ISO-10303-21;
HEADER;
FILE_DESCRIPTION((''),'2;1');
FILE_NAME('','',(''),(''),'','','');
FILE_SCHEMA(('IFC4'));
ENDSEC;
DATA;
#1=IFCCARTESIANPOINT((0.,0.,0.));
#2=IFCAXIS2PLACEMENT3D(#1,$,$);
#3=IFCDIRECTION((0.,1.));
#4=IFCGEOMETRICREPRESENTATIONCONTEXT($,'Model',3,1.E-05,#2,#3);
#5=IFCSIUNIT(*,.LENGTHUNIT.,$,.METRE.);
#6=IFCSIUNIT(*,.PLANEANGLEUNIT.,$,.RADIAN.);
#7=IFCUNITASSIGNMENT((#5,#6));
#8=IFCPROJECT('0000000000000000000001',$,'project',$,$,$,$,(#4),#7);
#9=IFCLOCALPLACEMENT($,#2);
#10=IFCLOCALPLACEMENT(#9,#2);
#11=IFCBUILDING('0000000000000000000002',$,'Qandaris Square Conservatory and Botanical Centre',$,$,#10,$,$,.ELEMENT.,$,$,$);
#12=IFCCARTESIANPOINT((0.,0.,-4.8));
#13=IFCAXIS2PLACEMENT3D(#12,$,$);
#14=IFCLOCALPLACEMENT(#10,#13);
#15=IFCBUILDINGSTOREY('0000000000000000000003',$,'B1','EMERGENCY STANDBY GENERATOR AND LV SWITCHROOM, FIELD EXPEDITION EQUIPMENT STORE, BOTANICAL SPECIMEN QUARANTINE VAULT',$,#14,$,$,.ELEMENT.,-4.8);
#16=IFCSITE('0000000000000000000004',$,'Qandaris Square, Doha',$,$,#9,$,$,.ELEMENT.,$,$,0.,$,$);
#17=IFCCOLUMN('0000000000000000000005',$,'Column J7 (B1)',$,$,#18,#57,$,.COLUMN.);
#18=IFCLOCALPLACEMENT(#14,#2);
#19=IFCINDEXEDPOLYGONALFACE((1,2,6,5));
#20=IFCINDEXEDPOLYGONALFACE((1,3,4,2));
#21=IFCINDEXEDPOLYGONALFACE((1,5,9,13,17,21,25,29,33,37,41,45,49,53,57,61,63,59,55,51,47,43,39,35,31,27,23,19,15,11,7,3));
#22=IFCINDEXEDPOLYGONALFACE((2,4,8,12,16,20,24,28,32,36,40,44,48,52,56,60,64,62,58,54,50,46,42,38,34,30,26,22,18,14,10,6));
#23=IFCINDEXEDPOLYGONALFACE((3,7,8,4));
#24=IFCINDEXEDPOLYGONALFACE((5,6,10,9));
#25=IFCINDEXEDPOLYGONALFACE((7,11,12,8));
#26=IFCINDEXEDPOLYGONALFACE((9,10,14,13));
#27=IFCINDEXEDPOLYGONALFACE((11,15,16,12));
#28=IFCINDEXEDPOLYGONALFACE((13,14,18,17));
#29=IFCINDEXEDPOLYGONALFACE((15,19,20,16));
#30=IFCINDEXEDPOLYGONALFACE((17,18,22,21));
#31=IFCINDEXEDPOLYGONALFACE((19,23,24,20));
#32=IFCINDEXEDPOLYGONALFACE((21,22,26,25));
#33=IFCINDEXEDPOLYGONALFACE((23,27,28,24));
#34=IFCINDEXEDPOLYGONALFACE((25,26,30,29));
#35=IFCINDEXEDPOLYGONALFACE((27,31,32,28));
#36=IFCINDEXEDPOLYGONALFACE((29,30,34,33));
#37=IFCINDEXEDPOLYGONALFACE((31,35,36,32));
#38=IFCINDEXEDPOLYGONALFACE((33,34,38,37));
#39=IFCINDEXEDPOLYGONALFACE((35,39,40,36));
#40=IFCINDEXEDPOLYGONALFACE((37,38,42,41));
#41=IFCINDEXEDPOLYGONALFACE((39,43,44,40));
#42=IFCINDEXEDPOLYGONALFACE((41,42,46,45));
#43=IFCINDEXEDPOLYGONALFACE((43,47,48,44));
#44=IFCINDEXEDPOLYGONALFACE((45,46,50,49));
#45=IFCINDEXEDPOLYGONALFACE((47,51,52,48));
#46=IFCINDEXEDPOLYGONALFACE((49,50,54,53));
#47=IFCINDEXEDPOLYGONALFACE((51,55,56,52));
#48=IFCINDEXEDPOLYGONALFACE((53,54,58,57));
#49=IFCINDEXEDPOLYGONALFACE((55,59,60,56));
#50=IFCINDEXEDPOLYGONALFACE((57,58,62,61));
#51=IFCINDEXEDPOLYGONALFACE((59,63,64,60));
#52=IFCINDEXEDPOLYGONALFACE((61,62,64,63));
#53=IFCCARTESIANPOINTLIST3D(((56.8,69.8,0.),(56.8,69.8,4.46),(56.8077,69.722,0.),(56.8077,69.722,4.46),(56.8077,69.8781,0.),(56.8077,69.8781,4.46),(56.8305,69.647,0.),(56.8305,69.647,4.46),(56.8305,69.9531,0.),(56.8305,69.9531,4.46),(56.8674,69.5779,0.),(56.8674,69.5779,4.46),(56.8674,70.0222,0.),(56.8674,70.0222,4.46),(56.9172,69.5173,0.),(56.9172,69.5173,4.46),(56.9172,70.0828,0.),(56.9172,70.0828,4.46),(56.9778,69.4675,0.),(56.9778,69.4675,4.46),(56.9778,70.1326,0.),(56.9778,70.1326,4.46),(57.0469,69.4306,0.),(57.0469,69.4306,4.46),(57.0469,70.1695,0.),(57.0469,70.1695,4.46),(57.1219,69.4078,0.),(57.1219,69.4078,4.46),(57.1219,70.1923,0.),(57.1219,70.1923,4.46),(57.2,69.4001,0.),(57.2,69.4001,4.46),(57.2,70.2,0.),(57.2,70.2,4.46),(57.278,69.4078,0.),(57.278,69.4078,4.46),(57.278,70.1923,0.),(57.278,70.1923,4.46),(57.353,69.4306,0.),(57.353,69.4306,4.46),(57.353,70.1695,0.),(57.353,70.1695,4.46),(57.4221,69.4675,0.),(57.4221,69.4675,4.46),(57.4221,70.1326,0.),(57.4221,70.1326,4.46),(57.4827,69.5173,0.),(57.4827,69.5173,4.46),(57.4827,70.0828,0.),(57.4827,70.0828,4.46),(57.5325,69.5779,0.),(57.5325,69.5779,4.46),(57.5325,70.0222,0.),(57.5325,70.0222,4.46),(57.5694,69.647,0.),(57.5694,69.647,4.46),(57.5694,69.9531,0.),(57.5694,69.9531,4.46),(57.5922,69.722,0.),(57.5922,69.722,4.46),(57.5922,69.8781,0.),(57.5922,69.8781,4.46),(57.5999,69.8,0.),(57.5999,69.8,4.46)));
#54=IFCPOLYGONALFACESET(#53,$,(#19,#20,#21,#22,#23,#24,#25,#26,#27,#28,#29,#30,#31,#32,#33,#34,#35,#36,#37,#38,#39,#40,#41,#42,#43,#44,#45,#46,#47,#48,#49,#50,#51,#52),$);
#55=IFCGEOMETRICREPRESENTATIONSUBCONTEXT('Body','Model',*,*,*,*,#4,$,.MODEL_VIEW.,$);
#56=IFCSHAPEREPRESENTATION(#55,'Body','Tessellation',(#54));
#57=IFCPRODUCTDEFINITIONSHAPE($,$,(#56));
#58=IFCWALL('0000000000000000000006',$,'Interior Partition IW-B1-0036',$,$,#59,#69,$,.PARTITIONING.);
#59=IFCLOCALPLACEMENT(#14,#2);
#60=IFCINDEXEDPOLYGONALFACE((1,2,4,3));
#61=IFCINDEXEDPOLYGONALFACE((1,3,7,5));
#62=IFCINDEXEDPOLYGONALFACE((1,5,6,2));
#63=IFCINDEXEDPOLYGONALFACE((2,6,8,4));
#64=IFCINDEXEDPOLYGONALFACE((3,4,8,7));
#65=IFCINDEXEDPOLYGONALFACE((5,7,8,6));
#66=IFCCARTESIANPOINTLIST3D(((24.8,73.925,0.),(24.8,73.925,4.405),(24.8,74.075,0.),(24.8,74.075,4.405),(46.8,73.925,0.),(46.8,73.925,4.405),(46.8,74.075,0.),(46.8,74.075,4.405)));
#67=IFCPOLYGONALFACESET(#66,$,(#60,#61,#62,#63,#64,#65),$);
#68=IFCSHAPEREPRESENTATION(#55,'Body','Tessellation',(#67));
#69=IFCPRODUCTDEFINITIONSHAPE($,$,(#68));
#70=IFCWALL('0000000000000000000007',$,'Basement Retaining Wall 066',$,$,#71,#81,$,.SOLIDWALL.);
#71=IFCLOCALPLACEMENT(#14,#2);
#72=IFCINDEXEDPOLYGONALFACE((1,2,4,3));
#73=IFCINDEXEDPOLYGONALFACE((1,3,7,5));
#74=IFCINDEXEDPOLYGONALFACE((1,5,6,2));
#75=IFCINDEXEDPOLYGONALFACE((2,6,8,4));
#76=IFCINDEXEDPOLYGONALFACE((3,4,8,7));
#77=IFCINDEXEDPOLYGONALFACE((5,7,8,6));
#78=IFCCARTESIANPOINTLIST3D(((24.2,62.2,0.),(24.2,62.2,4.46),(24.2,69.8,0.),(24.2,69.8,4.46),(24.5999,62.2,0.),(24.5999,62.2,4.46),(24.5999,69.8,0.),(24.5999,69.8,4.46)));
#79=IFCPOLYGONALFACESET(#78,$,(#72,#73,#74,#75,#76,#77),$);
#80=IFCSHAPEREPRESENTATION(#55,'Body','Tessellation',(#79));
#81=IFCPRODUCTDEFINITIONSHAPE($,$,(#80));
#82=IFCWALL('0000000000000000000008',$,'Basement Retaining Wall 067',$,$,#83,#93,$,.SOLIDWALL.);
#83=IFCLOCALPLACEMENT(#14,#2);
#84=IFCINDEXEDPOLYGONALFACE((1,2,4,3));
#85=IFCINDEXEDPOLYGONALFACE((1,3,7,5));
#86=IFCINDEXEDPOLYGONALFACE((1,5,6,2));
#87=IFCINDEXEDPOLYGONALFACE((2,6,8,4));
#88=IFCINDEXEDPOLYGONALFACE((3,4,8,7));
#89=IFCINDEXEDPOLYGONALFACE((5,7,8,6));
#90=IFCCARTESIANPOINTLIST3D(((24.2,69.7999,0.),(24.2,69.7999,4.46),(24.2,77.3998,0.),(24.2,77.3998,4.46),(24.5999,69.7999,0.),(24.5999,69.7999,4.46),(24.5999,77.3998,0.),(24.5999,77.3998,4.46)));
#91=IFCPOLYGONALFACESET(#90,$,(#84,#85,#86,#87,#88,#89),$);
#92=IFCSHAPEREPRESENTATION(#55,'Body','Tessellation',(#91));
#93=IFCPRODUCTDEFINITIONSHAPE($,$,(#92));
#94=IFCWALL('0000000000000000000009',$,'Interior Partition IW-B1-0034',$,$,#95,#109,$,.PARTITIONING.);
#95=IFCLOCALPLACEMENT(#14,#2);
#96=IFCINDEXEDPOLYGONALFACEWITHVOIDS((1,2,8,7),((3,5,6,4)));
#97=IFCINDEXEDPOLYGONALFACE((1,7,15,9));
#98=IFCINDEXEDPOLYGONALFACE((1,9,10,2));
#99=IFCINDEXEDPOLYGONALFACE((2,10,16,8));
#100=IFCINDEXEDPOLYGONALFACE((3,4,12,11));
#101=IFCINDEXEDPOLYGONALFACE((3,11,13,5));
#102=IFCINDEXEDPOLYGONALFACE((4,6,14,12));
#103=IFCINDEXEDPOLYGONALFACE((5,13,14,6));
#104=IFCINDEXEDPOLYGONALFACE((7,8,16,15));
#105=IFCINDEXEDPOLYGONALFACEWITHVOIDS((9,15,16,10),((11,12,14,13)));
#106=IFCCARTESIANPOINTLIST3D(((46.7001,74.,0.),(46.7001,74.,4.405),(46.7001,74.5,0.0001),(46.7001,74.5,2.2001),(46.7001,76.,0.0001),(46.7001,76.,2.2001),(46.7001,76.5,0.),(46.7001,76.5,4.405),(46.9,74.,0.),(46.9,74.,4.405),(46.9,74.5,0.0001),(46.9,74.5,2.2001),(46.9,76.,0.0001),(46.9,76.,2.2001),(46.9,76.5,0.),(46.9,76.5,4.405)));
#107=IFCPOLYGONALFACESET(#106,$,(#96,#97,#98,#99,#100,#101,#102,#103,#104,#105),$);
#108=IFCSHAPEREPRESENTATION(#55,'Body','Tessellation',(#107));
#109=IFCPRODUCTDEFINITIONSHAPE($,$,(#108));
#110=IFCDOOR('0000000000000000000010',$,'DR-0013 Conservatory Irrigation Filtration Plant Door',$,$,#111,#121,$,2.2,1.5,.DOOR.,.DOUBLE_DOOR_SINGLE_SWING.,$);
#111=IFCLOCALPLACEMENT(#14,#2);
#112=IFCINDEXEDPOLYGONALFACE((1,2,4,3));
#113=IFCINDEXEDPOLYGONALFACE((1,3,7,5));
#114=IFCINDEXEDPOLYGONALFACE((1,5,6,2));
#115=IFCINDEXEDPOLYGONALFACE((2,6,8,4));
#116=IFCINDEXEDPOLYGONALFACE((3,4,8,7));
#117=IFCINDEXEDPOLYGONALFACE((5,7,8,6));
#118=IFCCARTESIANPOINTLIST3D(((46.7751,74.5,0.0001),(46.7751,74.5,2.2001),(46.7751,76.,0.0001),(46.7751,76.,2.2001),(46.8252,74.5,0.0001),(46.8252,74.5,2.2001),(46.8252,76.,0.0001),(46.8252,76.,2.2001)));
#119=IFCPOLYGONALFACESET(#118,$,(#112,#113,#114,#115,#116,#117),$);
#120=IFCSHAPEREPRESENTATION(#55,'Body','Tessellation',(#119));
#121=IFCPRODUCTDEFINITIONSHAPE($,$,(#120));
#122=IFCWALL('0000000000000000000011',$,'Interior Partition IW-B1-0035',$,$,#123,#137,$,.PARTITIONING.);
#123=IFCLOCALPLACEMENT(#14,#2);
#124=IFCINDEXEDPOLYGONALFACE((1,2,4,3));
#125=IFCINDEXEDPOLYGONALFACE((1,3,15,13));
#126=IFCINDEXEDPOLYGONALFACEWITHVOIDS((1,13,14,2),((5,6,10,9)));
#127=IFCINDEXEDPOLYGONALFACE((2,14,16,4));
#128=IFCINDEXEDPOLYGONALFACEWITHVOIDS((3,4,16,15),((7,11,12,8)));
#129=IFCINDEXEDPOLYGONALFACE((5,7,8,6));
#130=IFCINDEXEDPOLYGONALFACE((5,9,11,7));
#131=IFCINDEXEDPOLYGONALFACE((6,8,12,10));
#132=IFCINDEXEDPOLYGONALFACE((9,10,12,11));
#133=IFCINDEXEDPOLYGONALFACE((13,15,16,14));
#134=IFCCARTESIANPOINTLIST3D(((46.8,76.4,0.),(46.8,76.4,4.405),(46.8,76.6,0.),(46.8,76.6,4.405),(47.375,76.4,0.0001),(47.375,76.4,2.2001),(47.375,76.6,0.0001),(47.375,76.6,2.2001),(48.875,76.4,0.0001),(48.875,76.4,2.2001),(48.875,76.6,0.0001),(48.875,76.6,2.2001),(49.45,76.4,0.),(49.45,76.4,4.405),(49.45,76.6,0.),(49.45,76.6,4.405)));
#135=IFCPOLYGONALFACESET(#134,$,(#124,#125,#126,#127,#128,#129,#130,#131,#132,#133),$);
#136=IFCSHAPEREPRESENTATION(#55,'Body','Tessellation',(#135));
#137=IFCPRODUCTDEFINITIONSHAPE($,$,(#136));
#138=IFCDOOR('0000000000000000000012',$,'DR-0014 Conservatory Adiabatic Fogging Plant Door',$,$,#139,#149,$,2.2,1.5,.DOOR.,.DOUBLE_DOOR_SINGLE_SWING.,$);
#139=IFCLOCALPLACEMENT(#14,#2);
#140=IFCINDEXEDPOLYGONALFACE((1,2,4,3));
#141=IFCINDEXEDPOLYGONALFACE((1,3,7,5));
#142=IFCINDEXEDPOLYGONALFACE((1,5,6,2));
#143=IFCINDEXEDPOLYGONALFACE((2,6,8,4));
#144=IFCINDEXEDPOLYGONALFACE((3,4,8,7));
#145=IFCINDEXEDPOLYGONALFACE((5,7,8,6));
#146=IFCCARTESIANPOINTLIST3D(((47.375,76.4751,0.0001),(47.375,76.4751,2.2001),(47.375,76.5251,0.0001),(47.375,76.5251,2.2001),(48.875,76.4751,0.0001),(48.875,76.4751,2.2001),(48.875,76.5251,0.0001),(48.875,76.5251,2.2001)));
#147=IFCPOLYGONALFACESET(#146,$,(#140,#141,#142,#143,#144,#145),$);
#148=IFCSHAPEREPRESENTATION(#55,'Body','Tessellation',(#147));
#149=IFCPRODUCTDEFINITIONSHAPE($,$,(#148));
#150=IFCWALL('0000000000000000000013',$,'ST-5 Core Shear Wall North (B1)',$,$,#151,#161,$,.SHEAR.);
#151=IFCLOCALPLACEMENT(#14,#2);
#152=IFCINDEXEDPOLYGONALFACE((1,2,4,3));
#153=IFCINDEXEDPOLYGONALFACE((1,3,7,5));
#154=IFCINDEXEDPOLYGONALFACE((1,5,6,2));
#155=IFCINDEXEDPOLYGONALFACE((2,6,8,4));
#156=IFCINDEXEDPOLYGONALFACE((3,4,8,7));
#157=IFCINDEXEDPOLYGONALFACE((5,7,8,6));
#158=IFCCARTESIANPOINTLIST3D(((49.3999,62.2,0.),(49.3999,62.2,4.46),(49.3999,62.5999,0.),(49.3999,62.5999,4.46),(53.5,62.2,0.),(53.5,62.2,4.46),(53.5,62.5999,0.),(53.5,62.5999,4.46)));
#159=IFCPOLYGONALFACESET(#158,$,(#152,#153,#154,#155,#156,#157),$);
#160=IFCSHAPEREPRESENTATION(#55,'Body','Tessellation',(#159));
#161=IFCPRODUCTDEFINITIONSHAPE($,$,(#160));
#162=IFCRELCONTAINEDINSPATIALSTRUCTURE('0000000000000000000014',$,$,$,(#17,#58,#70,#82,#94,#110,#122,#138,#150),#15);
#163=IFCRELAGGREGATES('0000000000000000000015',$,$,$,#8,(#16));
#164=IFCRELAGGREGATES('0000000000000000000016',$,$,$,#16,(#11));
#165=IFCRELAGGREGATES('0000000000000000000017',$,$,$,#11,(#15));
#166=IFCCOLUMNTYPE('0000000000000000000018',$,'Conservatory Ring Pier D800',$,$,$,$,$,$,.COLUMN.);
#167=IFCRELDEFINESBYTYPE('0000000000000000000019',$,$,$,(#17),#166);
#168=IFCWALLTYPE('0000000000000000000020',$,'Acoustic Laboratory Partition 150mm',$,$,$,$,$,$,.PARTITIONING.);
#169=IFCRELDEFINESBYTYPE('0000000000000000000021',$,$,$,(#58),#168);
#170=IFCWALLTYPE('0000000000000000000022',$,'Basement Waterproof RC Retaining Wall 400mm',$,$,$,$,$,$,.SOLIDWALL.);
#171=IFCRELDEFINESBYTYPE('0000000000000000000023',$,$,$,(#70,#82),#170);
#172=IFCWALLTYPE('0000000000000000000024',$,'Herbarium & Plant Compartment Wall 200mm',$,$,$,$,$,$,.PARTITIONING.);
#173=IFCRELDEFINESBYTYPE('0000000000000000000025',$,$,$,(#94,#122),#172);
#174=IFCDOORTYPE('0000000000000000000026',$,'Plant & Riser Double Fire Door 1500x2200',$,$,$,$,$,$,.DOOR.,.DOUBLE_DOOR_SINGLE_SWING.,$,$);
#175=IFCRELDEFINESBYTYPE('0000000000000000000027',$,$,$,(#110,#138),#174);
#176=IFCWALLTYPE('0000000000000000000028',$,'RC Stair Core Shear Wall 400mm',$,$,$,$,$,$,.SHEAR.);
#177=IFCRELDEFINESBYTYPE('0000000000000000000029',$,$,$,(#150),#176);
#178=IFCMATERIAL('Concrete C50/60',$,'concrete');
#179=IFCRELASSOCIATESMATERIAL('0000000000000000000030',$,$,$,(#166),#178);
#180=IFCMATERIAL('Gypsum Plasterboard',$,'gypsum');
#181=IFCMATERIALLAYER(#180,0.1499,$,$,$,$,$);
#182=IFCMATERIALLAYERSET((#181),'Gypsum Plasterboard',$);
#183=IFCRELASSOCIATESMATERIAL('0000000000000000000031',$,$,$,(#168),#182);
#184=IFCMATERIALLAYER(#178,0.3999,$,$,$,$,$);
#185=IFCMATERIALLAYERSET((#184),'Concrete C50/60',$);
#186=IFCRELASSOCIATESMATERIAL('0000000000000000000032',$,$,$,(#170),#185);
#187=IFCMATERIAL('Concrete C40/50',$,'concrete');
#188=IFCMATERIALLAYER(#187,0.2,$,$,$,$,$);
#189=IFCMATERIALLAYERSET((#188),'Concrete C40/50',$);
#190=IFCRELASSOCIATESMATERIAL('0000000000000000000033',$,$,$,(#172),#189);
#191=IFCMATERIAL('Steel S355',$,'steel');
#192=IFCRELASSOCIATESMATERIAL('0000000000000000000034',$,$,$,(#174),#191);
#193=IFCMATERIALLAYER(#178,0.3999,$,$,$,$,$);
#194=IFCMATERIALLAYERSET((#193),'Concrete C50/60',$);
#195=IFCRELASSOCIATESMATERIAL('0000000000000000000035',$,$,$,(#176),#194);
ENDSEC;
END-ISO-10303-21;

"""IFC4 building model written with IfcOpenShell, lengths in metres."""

from ifc_helpers import new_model, si_unit, direction, frame, frame_2d, origin, origin_2d, place, context, subcontext, project, spatial, rectangle, circle, extrude, material, layer, layer_set, material_profile, profile_set, type_object, element, fill, save


model = new_model("IFC4")

# Units and contexts
model_context = context("Model", 3, precision=1e-05, world=origin(), true_north=direction((0.0, 1.0)))
body_context = subcontext(model_context, "Body", "Model", "MODEL_VIEW")
ifc_project = project(units=[si_unit("LENGTHUNIT", "METRE"), si_unit("PLANEANGLEUNIT", "RADIAN")], contexts=[model_context])

# Site, building, storey
site_placement = place(None, origin())
site = spatial("IfcSite", under=ifc_project, at=site_placement, Name="Qandaris Square, Doha", CompositionType="ELEMENT", RefElevation=0.0)
building_placement = place(site_placement, origin())
building = spatial("IfcBuilding", under=site, at=building_placement, Name="Qandaris Square Conservatory and Botanical Centre", CompositionType="ELEMENT")
storey_placement = place(building_placement, frame((0.0, 0.0, -4.8)))
storey = spatial("IfcBuildingStorey", under=building, at=storey_placement, Name="B1", Description="EMERGENCY STANDBY GENERATOR AND LV SWITCHROOM, FIELD EXPEDITION EQUIPMENT STORE, BOTANICAL SPECIMEN QUARANTINE VAULT", CompositionType="ELEMENT", Elevation=-4.8)

# Shared definitions
ifc_material_1 = material(Name="Concrete C50/60", Category="concrete")

# Shared definitions
ifc_material_2 = material(Name="Concrete C40/50", Category="concrete")

# Column
ifc_material_profile_1 = material_profile(ifc_material_1, circle(Radius=0.3999, at=origin_2d()), Name="RC-COL D800")
ifc_profile_set_1 = profile_set([ifc_material_profile_1], Name="Concrete C50/60")
column_type = type_object("IfcColumnType", Name="Conservatory Ring Pier D800", PredefinedType="COLUMN", material=ifc_profile_set_1)
for number, where, z_axis, x_axis, name in (
    (1, (57.2, 69.8, 0.0), (0.0, 0.0, 1.0), (1.0, 0.0, 0.0), "Column J7 (B1)"),
):
    element("IfcColumn", number, at=place(storey_placement, frame(where, z_axis=z_axis, x_axis=x_axis)), inside=storey, type_object=column_type, Name=name, PredefinedType="COLUMN", context=body_context, shape_type="SweptSolid", body=[
        extrude(circle(Radius=0.3999, at=origin_2d()), origin(), (0.0, 0.0, 1.0), 4.46),
    ])

# Walls
ifc_material_3 = material(Name="Gypsum Plasterboard", Category="gypsum")
ifc_layer_1 = layer(ifc_material_3, 0.1499)
ifc_layer_set_1 = layer_set([ifc_layer_1], Name="Gypsum Plasterboard")
wall_type_1 = type_object("IfcWallType", Name="Acoustic Laboratory Partition 150mm", PredefinedType="PARTITIONING", material=ifc_layer_set_1)
wall_1_placement = place(storey_placement, frame((24.8, 74.0, 0.0), z_axis=(0.0, 0.0, 1.0), x_axis=(1.0, 0.0, 0.0)))
element("IfcWall", 2, at=wall_1_placement, inside=storey, type_object=wall_type_1, Name="Interior Partition IW-B1-0036", PredefinedType="PARTITIONING", context=body_context, shape_type="SweptSolid", body=[
    extrude(rectangle(XDim=22.0, YDim=0.1499, at=frame_2d((11.0, 0.0))), origin(), (0.0, 0.0, 1.0), 4.405),
])
ifc_layer_2 = layer(ifc_material_1, 0.3999)
ifc_layer_set_2 = layer_set([ifc_layer_2], Name="Concrete C50/60")
wall_type_2 = type_object("IfcWallType", Name="Basement Waterproof RC Retaining Wall 400mm", PredefinedType="SOLIDWALL", material=ifc_layer_set_2)
wall_2_placement = place(storey_placement, frame((24.3999, 62.2, 0.0), z_axis=(0.0, 0.0, 1.0), x_axis=(0.0, 1.0, 0.0)))
element("IfcWall", 3, at=wall_2_placement, inside=storey, type_object=wall_type_2, Name="Basement Retaining Wall 066", PredefinedType="SOLIDWALL", context=body_context, shape_type="SweptSolid", body=[
    extrude(rectangle(XDim=7.6001, YDim=0.3999, at=frame_2d((3.8, 0.0))), origin(), (0.0, 0.0, 1.0), 4.46),
])
wall_3_placement = place(storey_placement, frame((24.3999, 69.8, 0.0), z_axis=(0.0, 0.0, 1.0), x_axis=(0.0, 1.0, 0.0)))
element("IfcWall", 4, at=wall_3_placement, inside=storey, type_object=wall_type_2, Name="Basement Retaining Wall 067", PredefinedType="SOLIDWALL", context=body_context, shape_type="SweptSolid", body=[
    extrude(rectangle(XDim=7.5999, YDim=0.3999, at=frame_2d((3.7998, 0.0))), origin(), (0.0, 0.0, 1.0), 4.46),
])

# Walls, openings, doors
ifc_layer_3 = layer(ifc_material_2, 0.2)
ifc_layer_set_3 = layer_set([ifc_layer_3], Name="Concrete C40/50")
wall_type_3 = type_object("IfcWallType", Name="Herbarium & Plant Compartment Wall 200mm", PredefinedType="PARTITIONING", material=ifc_layer_set_3)
wall_4_placement = place(storey_placement, frame((46.8, 74.0, 0.0), z_axis=(0.0, 0.0, 1.0), x_axis=(0.0, 1.0, 0.0)))
wall_4 = element("IfcWall", 5, at=wall_4_placement, inside=storey, type_object=wall_type_3, Name="Interior Partition IW-B1-0034", PredefinedType="PARTITIONING", context=body_context, shape_type="SweptSolid", body=[
    extrude(rectangle(XDim=2.5, YDim=0.2, at=frame_2d((1.25, 0.0))), origin(), (0.0, 0.0, 1.0), 4.405),
])
opening_1_placement = place(wall_4_placement, frame((0.5, 0.0, 0.0)))
opening_1 = element("IfcOpeningElement", 6, at=opening_1_placement, cuts=wall_4, PredefinedType="OPENING", context=body_context, shape_type="SweptSolid", body=[
    extrude(rectangle(XDim=1.5, YDim=2.2, at=frame_2d((0.75, 1.1001))), frame((0.0, 0.1118, 0.0), z_axis=(0.0, -1.0, 0.0), x_axis=(1.0, 0.0, 0.0)), (0.0, 0.0, 1.0), 0.2239),
])
ifc_material_4 = material(Name="Steel S355", Category="steel")
door_type = type_object("IfcDoorType", Name="Plant & Riser Double Fire Door 1500x2200", OperationType="DOUBLE_DOOR_SINGLE_SWING", PredefinedType="DOOR", material=ifc_material_4)
door_1_placement = place(opening_1_placement, origin())
door_1 = element("IfcDoor", 7, at=door_1_placement, inside=storey, type_object=door_type, Name="DR-0013 Conservatory Irrigation Filtration Plant Door", OperationType="DOUBLE_DOOR_SINGLE_SWING", OverallHeight=2.2, OverallWidth=1.5, PredefinedType="DOOR", context=body_context, shape_type="SweptSolid", body=[
    extrude(rectangle(XDim=1.5, YDim=2.2, at=frame_2d((0.75, 1.1001))), frame((0.0, 0.0249, 0.0), z_axis=(0.0, -1.0, 0.0), x_axis=(1.0, 0.0, 0.0)), (0.0, 0.0, 1.0), 0.05),
])
fill(opening_1, door_1)
wall_5_placement = place(storey_placement, frame((46.8, 76.5, 0.0), z_axis=(0.0, 0.0, 1.0), x_axis=(1.0, 0.0, 0.0)))
wall_5 = element("IfcWall", 8, at=wall_5_placement, inside=storey, type_object=wall_type_3, Name="Interior Partition IW-B1-0035", PredefinedType="PARTITIONING", context=body_context, shape_type="SweptSolid", body=[
    extrude(rectangle(XDim=2.6499, YDim=0.2, at=frame_2d((1.325, 0.0))), origin(), (0.0, 0.0, 1.0), 4.405),
])
opening_2_placement = place(wall_5_placement, frame((0.575, 0.0, 0.0)))
opening_2 = element("IfcOpeningElement", 9, at=opening_2_placement, cuts=wall_5, PredefinedType="OPENING", context=body_context, shape_type="SweptSolid", body=[
    extrude(rectangle(XDim=1.5, YDim=2.2, at=frame_2d((0.75, 1.1001))), frame((0.0, 0.1118, 0.0), z_axis=(0.0, -1.0, 0.0), x_axis=(1.0, 0.0, 0.0)), (0.0, 0.0, 1.0), 0.2239),
])
door_2_placement = place(opening_2_placement, frame((1.5, 0.0, 0.0), z_axis=(0.0, 0.0, 1.0), x_axis=(-1.0, 0.0, 0.0)))
door_2 = element("IfcDoor", 10, at=door_2_placement, inside=storey, type_object=door_type, Name="DR-0014 Conservatory Adiabatic Fogging Plant Door", OperationType="DOUBLE_DOOR_SINGLE_SWING", OverallHeight=2.2, OverallWidth=1.5, PredefinedType="DOOR", context=body_context, shape_type="SweptSolid", body=[
    extrude(rectangle(XDim=1.5, YDim=2.2, at=frame_2d((0.75, 1.1001))), frame((0.0, 0.0249, 0.0), z_axis=(0.0, -1.0, 0.0), x_axis=(1.0, 0.0, 0.0)), (0.0, 0.0, 1.0), 0.05),
])
fill(opening_2, door_2)

# Wall
ifc_layer_4 = layer(ifc_material_1, 0.3999)
ifc_layer_set_4 = layer_set([ifc_layer_4], Name="Concrete C50/60")
wall_type_4 = type_object("IfcWallType", Name="RC Stair Core Shear Wall 400mm", PredefinedType="SHEAR", material=ifc_layer_set_4)
wall_6_placement = place(storey_placement, frame((49.3999, 62.3999, 0.0), z_axis=(0.0, 0.0, 1.0), x_axis=(1.0, 0.0, 0.0)))
element("IfcWall", 11, at=wall_6_placement, inside=storey, type_object=wall_type_4, Name="ST-5 Core Shear Wall North (B1)", PredefinedType="SHEAR", context=body_context, shape_type="SweptSolid", body=[
    extrude(rectangle(XDim=4.1001, YDim=0.3999, at=frame_2d((2.05, 0.0))), origin(), (0.0, 0.0, 1.0), 4.46),
])

save(model, "model.ifc")
